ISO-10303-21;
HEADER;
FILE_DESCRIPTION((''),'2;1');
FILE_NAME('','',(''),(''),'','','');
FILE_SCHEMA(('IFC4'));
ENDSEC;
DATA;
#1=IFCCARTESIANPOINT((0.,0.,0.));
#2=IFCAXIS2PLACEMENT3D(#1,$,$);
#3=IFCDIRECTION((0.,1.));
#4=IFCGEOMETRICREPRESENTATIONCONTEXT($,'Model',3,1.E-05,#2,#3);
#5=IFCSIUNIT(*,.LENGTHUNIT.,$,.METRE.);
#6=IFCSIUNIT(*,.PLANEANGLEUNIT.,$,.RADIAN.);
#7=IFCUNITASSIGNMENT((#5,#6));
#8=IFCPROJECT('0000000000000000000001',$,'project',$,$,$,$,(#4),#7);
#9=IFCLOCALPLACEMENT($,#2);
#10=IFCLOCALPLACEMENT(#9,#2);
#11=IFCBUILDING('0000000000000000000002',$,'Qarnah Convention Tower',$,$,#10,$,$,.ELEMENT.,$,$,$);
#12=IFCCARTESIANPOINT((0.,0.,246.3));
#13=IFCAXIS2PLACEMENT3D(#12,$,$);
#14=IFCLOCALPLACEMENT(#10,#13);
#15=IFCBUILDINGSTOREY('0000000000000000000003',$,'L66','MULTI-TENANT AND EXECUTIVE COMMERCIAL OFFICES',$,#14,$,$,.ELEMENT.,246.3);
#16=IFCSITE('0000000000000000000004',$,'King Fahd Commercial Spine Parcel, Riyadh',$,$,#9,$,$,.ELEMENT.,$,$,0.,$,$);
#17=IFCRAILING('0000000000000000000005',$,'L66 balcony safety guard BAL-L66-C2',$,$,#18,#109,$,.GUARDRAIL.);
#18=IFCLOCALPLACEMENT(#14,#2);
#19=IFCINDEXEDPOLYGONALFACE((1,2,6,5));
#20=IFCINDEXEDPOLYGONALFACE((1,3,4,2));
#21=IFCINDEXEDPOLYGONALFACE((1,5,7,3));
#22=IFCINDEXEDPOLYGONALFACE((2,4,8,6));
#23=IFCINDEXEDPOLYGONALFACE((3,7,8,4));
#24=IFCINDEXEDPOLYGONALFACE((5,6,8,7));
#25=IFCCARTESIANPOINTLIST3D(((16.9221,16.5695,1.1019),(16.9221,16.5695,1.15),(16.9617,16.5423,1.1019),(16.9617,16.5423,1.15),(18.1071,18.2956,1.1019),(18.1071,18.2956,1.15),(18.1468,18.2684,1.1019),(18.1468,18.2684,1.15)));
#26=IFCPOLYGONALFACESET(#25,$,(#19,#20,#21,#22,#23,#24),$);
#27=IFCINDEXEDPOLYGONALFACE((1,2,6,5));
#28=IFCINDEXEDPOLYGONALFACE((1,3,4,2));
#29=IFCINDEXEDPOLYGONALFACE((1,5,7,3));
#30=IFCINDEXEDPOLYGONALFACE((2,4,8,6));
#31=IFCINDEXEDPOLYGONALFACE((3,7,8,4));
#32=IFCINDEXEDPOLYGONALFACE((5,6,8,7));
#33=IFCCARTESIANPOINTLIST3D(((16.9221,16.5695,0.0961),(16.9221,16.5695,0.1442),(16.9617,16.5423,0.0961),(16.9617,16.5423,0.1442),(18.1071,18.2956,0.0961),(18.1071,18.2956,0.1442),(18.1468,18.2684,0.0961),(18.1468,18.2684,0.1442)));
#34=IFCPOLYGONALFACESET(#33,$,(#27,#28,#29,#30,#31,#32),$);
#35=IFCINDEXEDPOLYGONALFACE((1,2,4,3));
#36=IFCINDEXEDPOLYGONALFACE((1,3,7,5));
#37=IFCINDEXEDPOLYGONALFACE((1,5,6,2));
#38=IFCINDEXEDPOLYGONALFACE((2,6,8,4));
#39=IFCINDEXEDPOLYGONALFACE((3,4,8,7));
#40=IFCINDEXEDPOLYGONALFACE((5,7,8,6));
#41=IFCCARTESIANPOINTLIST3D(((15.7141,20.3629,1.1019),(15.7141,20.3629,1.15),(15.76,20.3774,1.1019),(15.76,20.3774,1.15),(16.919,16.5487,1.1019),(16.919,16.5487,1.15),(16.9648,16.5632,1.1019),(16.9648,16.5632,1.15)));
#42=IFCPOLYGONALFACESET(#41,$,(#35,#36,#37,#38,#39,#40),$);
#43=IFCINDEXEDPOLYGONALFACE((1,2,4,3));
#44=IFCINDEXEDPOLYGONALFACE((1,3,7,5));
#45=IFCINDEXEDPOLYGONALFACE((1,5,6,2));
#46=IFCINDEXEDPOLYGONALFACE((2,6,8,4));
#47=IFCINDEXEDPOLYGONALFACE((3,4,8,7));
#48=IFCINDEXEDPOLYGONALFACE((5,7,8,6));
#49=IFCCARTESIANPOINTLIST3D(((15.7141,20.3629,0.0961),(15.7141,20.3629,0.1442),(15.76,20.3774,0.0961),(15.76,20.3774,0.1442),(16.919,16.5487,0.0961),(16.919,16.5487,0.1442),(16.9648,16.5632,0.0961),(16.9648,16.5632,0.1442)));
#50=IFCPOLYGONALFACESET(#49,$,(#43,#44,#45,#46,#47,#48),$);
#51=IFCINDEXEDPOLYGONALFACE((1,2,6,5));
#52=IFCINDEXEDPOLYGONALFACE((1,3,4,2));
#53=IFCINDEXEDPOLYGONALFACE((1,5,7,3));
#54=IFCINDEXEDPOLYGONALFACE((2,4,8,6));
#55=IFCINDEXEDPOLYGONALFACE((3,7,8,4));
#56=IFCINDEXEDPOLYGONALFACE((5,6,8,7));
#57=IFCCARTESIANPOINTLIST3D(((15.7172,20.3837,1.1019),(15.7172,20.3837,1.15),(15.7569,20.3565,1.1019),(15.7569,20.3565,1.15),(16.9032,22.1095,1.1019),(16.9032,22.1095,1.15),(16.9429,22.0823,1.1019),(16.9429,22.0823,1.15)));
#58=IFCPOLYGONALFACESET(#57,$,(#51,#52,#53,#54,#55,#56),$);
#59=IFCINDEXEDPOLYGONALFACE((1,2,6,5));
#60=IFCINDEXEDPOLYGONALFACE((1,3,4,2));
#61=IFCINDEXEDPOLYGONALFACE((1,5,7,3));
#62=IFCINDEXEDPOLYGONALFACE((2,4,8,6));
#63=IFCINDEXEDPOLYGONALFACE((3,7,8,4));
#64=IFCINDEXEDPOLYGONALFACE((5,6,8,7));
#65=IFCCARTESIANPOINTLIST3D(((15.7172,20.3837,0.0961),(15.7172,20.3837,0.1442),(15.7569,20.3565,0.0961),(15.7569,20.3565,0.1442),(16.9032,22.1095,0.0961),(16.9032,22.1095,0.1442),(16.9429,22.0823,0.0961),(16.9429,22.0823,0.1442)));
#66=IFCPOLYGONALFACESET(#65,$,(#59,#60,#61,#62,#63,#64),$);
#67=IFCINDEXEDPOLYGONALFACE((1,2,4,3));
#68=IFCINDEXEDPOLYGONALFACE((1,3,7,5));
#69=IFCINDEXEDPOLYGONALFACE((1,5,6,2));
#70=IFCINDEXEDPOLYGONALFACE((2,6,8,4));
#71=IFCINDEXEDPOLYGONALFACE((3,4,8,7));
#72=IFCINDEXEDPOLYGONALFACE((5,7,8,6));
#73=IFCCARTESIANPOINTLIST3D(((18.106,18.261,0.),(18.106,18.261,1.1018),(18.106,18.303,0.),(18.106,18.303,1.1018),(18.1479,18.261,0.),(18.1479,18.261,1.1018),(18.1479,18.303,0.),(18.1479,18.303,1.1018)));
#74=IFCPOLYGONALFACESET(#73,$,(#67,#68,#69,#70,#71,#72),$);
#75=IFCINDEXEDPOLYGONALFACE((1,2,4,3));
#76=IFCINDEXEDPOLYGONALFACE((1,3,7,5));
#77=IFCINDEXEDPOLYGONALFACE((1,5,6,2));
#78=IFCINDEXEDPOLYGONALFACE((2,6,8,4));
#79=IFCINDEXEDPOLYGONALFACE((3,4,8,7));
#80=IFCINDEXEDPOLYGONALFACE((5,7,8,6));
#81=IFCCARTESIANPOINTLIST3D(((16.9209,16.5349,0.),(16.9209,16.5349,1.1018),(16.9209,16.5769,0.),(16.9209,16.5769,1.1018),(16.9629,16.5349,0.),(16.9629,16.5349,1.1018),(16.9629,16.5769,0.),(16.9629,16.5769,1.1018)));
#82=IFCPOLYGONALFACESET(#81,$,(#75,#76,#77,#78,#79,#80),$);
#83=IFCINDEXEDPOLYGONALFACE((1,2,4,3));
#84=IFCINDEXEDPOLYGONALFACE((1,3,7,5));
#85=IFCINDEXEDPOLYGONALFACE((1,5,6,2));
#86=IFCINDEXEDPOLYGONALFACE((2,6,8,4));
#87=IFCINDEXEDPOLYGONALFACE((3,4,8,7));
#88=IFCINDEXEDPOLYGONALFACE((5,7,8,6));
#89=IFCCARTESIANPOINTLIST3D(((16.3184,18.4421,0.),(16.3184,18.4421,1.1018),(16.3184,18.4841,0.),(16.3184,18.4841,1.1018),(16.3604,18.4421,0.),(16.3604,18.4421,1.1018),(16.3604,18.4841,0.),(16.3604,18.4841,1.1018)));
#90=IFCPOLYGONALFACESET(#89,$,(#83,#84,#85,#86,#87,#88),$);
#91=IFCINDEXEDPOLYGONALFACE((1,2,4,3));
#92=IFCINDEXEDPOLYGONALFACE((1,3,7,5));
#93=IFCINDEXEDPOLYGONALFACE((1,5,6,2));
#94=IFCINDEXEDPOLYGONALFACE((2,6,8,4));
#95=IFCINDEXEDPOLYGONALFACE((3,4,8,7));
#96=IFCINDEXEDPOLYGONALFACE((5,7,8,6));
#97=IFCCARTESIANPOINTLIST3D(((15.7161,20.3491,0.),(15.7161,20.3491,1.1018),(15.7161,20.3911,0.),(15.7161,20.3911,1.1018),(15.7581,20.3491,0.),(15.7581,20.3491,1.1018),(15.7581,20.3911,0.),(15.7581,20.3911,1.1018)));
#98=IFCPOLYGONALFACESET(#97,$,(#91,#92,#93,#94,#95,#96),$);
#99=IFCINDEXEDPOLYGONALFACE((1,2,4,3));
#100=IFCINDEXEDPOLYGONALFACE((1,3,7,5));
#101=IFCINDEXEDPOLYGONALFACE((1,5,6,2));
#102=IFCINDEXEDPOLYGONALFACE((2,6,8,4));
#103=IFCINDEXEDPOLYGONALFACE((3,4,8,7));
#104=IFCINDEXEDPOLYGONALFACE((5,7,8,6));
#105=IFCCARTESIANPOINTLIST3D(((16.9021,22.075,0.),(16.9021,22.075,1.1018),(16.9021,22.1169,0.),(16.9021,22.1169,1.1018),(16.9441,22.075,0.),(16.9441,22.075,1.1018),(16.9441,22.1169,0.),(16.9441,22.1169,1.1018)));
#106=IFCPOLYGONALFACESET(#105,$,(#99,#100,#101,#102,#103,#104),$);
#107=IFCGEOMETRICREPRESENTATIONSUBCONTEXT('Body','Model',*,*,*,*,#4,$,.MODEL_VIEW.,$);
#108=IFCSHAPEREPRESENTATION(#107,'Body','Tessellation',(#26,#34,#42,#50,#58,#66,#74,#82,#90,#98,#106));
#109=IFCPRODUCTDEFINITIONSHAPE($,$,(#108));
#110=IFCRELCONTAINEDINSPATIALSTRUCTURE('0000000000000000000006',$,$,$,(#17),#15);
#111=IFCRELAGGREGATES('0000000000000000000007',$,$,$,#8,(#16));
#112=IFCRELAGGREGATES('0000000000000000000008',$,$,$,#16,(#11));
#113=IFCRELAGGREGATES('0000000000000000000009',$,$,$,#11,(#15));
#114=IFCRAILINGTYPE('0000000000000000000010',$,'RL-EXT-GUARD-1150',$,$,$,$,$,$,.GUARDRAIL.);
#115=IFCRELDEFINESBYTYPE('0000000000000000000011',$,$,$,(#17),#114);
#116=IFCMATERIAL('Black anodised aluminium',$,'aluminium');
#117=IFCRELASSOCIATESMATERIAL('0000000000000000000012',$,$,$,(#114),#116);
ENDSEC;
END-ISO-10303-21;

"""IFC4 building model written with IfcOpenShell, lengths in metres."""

from ifc_helpers import new_model, si_unit, direction, frame, origin, origin_2d, place, context, subcontext, project, spatial, rectangle, extrude, material, type_object, element, save


model = new_model("IFC4")

# Units and contexts
model_context = context("Model", 3, precision=1e-05, world=origin(), true_north=direction((0.0, 1.0)))
body_context = subcontext(model_context, "Body", "Model", "MODEL_VIEW")
ifc_project = project(units=[si_unit("LENGTHUNIT", "METRE"), si_unit("PLANEANGLEUNIT", "RADIAN")], contexts=[model_context])

# Site, building, storey
site_placement = place(None, origin())
site = spatial("IfcSite", under=ifc_project, at=site_placement, Name="King Fahd Commercial Spine Parcel, Riyadh", CompositionType="ELEMENT", RefElevation=0.0)
building_placement = place(site_placement, origin())
building = spatial("IfcBuilding", under=site, at=building_placement, Name="Qarnah Convention Tower", CompositionType="ELEMENT")
storey_placement = place(building_placement, frame((0.0, 0.0, 246.3)))
storey = spatial("IfcBuildingStorey", under=building, at=storey_placement, Name="L66", Description="MULTI-TENANT AND EXECUTIVE COMMERCIAL OFFICES", CompositionType="ELEMENT", Elevation=246.3)

# Shared definitions
ifc_material_1 = material(Name="Black anodised aluminium", Category="aluminium")

# Railing
railing_type = type_object("IfcRailingType", Name="RL-EXT-GUARD-1150", PredefinedType="GUARDRAIL", material=ifc_material_1)
railing_1_placement = place(storey_placement, frame((18.127, 18.282, 0.0)))
element("IfcRailing", 1, at=railing_1_placement, inside=storey, type_object=railing_type, Name="L66 balcony safety guard BAL-L66-C2", PredefinedType="GUARDRAIL", context=body_context, shape_type="SweptSolid", body=[
    extrude(rectangle(XDim=0.0481, YDim=0.0481, at=origin_2d()), frame((0.0, 0.0, 1.126), z_axis=(-0.566004, -0.824402, 0.0), x_axis=(0.824402, -0.566004, 0.0)), (0.0, 0.0, 1.0), 2.0938),
    extrude(rectangle(XDim=0.0481, YDim=0.0481, at=origin_2d()), frame((0.0, 0.0, 0.1201), z_axis=(-0.566004, -0.824402, 0.0), x_axis=(0.824402, -0.566004, 0.0)), (0.0, 0.0, 1.0), 2.0938),
    extrude(rectangle(XDim=0.0481, YDim=0.0481, at=origin_2d()), frame((-1.1851, -1.7261, 1.126), z_axis=(-0.30121, 0.953558, 0.0), x_axis=(-0.953558, -0.30121, 0.0)), (0.0, 0.0, 1.0), 4.0),
    extrude(rectangle(XDim=0.0481, YDim=0.0481, at=origin_2d()), frame((-1.1851, -1.7261, 0.1201), z_axis=(-0.30121, 0.953558, 0.0), x_axis=(-0.953558, -0.30121, 0.0)), (0.0, 0.0, 1.0), 4.0),
    extrude(rectangle(XDim=0.0481, YDim=0.0481, at=origin_2d()), frame((-2.3899, 2.0881, 1.126), z_axis=(0.566375, 0.824147, 0.0), x_axis=(-0.824147, 0.566375, 0.0)), (0.0, 0.0, 1.0), 2.094),
    extrude(rectangle(XDim=0.0481, YDim=0.0481, at=origin_2d()), frame((-2.3899, 2.0881, 0.1201), z_axis=(0.566375, 0.824147, 0.0), x_axis=(-0.824147, 0.566375, 0.0)), (0.0, 0.0, 1.0), 2.094),
    extrude(rectangle(XDim=0.042, YDim=0.042, at=origin_2d()), origin(), (0.0, 0.0, 1.0), 1.1018),
    extrude(rectangle(XDim=0.042, YDim=0.042, at=origin_2d()), frame((-1.1851, -1.7261, 0.0)), (0.0, 0.0, 1.0), 1.1018),
    extrude(rectangle(XDim=0.042, YDim=0.042, at=origin_2d()), frame((-1.7876, 0.1812, 0.0)), (0.0, 0.0, 1.0), 1.1018),
    extrude(rectangle(XDim=0.042, YDim=0.042, at=origin_2d()), frame((-2.3899, 2.0881, 0.0)), (0.0, 0.0, 1.0), 1.1018),
    extrude(rectangle(XDim=0.042, YDim=0.042, at=origin_2d()), frame((-1.2039, 3.814, 0.0)), (0.0, 0.0, 1.0), 1.1018),
])

save(model, "model.ifc")
